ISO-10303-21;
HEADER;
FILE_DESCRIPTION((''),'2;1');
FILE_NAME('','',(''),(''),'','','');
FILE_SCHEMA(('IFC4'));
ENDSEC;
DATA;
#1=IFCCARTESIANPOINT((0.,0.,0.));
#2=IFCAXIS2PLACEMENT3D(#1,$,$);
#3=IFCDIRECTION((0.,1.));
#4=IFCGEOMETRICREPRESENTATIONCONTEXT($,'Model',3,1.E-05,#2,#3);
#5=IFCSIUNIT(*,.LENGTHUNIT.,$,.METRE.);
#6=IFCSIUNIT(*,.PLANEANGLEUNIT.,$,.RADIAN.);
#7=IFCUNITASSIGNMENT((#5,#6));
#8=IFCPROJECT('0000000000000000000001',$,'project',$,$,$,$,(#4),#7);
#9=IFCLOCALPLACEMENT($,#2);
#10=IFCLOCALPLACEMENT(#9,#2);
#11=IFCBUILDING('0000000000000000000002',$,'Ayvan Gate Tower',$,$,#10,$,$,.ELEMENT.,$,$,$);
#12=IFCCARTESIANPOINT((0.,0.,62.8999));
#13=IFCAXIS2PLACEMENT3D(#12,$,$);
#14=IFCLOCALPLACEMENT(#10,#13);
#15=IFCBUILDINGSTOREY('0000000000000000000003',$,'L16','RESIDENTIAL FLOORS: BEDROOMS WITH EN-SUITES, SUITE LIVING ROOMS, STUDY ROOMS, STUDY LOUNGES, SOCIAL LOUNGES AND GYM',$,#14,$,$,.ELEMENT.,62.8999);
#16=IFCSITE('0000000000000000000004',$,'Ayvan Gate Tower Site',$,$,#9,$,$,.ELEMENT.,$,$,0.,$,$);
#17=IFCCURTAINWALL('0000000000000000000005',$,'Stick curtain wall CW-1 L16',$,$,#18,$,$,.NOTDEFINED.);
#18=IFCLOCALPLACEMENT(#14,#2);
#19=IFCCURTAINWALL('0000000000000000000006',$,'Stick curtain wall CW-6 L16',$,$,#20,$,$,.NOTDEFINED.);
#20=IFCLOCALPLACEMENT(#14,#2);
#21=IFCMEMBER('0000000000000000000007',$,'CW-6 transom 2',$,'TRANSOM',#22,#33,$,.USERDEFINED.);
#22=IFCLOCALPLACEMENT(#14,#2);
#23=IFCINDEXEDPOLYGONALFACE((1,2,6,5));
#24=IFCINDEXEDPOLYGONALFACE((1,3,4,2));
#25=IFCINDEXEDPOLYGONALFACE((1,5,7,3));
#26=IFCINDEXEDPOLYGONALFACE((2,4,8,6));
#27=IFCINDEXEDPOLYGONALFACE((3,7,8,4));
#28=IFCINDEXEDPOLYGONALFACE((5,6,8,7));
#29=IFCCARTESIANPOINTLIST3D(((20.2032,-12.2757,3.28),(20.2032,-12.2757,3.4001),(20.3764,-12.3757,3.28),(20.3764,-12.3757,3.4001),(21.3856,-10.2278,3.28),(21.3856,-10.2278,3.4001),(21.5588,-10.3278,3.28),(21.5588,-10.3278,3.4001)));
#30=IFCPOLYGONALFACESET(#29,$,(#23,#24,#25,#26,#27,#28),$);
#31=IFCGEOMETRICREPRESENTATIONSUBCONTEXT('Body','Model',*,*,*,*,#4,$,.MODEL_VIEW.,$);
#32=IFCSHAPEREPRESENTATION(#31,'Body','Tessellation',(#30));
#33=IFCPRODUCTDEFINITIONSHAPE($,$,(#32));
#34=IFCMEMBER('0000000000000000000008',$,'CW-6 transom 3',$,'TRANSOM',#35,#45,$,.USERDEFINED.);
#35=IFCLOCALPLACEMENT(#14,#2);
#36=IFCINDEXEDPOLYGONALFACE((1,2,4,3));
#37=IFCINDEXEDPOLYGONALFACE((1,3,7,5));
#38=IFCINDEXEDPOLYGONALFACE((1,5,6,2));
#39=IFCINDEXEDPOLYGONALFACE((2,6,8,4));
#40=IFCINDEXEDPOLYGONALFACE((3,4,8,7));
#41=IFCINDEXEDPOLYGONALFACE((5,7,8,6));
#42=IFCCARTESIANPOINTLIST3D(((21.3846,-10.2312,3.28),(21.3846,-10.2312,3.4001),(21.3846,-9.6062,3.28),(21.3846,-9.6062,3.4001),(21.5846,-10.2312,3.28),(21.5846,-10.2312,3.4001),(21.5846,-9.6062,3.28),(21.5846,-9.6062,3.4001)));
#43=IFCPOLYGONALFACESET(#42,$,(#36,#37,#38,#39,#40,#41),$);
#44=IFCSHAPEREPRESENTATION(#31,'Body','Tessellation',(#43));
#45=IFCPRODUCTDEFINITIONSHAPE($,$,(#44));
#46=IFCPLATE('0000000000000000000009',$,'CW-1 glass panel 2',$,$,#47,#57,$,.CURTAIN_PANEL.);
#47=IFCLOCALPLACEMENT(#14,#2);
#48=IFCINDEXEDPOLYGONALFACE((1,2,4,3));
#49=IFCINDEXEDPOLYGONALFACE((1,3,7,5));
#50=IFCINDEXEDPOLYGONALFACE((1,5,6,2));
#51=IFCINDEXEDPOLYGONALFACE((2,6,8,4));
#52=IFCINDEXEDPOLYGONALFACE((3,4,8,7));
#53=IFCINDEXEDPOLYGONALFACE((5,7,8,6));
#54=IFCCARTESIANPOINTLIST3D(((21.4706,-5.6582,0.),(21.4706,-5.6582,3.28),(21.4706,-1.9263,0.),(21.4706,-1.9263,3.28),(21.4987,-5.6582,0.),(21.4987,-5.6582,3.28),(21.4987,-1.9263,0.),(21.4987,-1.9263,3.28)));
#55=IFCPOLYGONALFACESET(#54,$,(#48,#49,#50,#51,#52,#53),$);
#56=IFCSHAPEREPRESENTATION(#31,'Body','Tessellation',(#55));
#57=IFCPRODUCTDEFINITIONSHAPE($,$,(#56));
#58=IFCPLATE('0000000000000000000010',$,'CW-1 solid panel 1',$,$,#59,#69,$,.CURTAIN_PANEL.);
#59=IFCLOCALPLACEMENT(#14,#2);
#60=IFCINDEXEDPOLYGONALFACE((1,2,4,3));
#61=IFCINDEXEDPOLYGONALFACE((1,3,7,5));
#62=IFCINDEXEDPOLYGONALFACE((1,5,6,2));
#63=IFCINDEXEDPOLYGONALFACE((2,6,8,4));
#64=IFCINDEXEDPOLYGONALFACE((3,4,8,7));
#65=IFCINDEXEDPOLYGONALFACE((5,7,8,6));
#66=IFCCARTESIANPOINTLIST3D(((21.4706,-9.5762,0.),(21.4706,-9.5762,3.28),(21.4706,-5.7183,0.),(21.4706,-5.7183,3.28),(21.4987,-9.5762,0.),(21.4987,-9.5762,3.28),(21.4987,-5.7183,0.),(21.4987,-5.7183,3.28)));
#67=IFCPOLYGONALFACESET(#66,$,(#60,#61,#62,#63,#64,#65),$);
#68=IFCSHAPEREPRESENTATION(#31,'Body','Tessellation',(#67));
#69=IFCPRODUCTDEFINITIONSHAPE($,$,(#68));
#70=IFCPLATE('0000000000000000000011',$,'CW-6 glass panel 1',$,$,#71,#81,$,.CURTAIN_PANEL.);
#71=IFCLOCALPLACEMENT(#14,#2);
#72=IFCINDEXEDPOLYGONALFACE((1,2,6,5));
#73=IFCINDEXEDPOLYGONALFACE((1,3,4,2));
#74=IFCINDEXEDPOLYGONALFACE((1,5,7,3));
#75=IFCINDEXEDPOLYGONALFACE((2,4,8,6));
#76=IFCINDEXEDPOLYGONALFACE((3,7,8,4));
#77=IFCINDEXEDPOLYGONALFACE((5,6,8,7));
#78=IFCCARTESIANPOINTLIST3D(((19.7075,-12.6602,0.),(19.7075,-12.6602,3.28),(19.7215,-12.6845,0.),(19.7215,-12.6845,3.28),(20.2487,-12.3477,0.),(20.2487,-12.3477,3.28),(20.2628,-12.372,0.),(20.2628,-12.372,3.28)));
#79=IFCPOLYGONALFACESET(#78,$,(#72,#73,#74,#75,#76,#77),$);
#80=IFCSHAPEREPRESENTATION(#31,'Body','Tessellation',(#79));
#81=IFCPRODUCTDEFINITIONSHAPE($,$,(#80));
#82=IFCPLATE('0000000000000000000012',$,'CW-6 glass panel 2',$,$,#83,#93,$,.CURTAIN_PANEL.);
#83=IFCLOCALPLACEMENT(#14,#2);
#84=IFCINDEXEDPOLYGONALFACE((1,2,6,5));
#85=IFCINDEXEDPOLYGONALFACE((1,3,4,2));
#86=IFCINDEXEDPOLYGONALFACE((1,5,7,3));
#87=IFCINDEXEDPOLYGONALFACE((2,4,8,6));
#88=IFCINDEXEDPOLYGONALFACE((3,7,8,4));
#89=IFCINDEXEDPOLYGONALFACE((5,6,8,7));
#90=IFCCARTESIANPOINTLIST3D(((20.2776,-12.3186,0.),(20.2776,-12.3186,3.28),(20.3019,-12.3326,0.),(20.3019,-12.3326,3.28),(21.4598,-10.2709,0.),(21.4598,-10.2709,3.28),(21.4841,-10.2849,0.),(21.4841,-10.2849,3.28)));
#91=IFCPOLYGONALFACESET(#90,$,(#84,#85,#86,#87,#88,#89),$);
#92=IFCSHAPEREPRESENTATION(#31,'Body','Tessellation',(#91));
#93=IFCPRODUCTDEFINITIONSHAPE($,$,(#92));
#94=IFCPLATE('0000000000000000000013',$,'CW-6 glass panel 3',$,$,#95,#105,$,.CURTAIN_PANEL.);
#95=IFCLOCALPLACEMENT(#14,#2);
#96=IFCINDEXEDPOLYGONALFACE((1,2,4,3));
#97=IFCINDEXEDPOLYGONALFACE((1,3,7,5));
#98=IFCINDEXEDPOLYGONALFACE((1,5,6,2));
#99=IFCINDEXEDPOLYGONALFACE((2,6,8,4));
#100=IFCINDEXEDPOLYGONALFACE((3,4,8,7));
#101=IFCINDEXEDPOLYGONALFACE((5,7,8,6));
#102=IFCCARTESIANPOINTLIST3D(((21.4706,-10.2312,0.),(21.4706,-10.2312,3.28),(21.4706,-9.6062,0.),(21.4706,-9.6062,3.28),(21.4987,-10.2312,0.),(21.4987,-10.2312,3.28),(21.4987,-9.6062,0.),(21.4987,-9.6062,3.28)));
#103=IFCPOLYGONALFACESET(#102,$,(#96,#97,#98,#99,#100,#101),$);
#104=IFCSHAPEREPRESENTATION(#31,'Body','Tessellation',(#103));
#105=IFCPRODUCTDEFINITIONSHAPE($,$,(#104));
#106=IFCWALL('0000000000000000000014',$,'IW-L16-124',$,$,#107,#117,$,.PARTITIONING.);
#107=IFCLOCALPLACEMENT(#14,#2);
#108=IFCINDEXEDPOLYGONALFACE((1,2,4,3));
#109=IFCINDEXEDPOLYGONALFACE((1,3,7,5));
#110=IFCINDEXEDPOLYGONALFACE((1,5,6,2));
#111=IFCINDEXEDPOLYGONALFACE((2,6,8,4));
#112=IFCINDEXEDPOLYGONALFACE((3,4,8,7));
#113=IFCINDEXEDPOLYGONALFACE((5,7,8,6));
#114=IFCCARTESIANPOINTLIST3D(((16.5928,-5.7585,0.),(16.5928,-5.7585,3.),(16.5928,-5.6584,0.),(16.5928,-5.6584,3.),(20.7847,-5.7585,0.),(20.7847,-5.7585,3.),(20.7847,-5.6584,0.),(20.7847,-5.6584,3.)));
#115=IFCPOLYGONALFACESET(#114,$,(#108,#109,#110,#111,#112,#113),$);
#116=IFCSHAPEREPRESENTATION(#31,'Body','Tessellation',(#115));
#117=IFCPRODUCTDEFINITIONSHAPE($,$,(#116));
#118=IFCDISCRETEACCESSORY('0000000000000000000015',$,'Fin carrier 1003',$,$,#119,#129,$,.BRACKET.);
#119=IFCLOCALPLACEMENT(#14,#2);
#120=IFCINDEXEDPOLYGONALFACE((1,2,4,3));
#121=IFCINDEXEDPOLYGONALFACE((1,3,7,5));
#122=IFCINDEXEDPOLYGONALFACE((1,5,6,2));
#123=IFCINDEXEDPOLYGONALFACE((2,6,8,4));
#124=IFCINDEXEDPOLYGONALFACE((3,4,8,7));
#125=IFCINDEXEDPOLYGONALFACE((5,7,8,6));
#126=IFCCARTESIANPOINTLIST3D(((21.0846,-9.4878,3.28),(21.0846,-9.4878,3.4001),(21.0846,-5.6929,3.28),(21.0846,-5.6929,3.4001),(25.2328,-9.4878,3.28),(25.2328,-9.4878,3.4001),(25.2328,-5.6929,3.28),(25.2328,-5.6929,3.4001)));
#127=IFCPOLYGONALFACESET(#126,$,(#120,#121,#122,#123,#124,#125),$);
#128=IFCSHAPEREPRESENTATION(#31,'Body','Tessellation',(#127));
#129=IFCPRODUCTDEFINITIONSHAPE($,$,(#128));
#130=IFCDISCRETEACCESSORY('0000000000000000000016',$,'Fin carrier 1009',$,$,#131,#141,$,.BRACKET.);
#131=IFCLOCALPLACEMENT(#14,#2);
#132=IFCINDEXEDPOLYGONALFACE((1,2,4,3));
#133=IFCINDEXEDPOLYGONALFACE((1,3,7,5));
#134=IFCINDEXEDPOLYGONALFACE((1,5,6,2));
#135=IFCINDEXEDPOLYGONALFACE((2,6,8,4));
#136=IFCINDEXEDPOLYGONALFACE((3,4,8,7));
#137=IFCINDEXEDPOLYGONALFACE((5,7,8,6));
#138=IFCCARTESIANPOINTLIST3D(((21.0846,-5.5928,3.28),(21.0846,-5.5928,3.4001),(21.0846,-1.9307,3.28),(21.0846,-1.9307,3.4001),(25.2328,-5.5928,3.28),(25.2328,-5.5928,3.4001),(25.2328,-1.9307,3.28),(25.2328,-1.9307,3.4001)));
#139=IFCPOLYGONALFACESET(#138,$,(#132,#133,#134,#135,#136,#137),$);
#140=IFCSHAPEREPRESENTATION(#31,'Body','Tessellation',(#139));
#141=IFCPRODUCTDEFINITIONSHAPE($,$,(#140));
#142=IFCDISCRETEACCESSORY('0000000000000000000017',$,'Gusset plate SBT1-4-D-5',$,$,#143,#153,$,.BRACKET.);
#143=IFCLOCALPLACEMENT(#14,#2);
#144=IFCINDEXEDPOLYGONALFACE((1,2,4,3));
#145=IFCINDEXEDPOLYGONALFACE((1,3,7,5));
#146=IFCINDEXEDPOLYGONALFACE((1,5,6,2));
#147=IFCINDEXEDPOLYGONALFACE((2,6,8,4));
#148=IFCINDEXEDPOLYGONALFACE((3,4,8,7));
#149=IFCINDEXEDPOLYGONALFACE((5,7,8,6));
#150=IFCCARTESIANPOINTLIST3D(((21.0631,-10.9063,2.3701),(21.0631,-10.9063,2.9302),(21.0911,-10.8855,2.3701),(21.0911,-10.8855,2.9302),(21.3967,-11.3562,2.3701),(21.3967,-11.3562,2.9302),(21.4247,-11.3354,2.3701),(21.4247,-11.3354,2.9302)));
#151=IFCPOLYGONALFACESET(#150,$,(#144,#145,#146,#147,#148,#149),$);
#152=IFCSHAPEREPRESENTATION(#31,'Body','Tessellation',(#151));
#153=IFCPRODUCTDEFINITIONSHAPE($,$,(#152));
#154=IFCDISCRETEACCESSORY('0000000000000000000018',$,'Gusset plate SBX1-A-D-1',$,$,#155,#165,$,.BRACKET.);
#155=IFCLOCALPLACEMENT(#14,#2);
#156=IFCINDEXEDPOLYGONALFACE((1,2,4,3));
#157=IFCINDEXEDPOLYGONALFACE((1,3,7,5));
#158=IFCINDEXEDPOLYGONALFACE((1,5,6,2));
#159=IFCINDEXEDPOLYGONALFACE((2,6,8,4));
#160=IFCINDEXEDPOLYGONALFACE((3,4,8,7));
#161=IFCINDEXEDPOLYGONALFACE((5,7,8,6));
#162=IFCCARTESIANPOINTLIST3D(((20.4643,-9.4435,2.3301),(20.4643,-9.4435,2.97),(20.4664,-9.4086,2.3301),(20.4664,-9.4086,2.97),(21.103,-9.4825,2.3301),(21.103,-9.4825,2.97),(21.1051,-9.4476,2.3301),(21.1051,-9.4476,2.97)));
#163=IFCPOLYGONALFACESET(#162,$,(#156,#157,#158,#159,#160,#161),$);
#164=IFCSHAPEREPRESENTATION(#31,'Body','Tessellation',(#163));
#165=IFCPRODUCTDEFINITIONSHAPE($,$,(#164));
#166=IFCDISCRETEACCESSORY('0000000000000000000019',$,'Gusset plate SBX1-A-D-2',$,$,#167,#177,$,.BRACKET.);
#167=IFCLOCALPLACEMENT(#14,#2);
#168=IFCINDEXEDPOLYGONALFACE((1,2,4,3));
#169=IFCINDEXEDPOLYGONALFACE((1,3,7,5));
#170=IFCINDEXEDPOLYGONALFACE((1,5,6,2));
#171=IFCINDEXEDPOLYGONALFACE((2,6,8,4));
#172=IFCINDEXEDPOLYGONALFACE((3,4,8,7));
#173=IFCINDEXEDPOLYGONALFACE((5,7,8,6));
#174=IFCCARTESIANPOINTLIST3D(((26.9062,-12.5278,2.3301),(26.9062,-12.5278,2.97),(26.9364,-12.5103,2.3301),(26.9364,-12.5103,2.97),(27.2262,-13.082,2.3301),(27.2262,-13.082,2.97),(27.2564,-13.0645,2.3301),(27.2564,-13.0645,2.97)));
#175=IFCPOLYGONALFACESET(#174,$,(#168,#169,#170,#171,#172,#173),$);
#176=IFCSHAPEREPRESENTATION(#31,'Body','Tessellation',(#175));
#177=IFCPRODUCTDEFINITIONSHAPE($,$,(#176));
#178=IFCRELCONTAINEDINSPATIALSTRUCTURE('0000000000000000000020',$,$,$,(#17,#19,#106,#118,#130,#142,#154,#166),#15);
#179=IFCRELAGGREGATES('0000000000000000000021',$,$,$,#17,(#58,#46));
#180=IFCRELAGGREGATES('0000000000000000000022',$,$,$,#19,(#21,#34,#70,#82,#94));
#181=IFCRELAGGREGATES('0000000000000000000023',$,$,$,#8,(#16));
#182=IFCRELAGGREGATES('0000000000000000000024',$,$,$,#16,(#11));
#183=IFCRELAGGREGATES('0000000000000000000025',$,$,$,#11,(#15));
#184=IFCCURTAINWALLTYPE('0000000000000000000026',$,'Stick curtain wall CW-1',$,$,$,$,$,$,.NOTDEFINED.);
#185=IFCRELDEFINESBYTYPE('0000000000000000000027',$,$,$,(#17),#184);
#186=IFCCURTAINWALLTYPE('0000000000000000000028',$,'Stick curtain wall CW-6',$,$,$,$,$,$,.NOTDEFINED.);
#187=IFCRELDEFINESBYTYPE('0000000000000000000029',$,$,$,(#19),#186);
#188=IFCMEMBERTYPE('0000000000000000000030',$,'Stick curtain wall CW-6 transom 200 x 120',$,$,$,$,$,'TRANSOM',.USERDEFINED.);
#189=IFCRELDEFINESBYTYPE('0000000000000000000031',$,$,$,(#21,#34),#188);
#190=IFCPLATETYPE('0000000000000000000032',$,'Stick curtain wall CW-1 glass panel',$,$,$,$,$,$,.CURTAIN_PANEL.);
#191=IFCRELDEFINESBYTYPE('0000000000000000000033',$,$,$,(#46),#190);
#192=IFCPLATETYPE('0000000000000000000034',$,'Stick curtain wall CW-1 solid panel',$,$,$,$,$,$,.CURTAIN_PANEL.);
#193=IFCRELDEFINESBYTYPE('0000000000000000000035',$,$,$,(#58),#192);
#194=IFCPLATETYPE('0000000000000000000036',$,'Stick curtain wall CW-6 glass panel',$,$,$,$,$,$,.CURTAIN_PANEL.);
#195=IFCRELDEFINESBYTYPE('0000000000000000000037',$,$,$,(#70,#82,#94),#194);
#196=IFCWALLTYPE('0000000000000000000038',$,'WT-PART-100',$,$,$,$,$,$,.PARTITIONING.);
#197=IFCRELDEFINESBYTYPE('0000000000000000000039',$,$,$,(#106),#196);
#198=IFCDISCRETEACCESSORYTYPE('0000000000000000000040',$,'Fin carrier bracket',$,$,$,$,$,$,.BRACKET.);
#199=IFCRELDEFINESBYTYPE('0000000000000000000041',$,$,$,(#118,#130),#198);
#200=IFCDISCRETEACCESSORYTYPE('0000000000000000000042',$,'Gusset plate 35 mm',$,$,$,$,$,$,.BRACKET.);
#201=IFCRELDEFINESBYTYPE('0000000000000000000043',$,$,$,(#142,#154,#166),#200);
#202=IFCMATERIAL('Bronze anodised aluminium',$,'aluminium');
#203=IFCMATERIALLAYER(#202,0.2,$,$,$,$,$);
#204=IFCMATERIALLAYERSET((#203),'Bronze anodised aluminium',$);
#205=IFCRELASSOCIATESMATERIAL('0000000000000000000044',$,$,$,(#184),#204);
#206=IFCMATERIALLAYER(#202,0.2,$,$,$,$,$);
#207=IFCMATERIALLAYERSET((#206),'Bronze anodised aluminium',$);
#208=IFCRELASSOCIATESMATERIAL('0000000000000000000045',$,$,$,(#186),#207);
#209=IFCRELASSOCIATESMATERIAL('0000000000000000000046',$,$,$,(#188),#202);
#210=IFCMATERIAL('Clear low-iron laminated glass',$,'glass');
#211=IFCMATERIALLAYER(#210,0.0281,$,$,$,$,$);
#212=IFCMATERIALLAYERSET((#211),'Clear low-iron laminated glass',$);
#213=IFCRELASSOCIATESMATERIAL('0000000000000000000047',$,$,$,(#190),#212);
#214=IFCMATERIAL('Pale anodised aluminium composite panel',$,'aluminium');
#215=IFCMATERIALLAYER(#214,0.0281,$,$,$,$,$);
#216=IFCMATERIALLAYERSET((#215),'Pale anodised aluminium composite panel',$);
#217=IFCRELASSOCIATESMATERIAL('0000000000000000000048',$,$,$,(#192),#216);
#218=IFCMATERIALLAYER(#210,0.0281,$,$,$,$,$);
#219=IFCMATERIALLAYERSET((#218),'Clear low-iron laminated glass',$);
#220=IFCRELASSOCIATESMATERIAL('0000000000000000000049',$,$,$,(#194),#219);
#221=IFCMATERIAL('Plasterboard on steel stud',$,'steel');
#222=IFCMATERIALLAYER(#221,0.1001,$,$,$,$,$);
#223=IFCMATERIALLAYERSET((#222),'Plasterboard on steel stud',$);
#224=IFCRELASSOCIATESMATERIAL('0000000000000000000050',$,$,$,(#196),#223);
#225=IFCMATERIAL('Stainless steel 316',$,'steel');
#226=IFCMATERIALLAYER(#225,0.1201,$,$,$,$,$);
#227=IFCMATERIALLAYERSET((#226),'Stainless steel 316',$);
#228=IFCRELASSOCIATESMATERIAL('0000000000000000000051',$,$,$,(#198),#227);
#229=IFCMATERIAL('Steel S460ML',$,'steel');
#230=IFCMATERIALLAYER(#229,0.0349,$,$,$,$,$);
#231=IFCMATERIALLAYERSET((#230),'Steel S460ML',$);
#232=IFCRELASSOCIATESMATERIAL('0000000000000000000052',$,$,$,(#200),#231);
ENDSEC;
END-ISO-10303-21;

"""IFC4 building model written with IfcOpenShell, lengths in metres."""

from ifc_helpers import new_model, si_unit, direction, frame, frame_2d, origin, origin_2d, place, context, subcontext, project, spatial, rectangle, extrude, material, layer, layer_set, material_profile, profile_set, type_object, element, aggregate, save


model = new_model("IFC4")

# Units and contexts
model_context = context("Model", 3, precision=1e-05, world=origin(), true_north=direction((0.0, 1.0)))
body_context = subcontext(model_context, "Body", "Model", "MODEL_VIEW")
ifc_project = project(units=[si_unit("LENGTHUNIT", "METRE"), si_unit("PLANEANGLEUNIT", "RADIAN")], contexts=[model_context])

# Site, building, storey
site_placement = place(None, origin())
site = spatial("IfcSite", under=ifc_project, at=site_placement, Name="Ayvan Gate Tower Site", CompositionType="ELEMENT", RefElevation=0.0)
building_placement = place(site_placement, origin())
building = spatial("IfcBuilding", under=site, at=building_placement, Name="Ayvan Gate Tower", CompositionType="ELEMENT")
storey_placement = place(building_placement, frame((0.0, 0.0, 62.8999)))
storey = spatial("IfcBuildingStorey", under=building, at=storey_placement, Name="L16", Description="RESIDENTIAL FLOORS: BEDROOMS WITH EN-SUITES, SUITE LIVING ROOMS, STUDY ROOMS, STUDY LOUNGES, SOCIAL LOUNGES AND GYM", CompositionType="ELEMENT", Elevation=62.8999)

# Shared definitions
ifc_material_1 = material(Name="Bronze anodised aluminium", Category="aluminium")
ifc_layer_1 = layer(ifc_material_1, 0.2)
ifc_layer_set_1 = layer_set([ifc_layer_1], Name="Bronze anodised aluminium")
curtain_wall_type_1 = type_object("IfcCurtainWallType", Name="Stick curtain wall CW-1", PredefinedType="NOTDEFINED", material=ifc_layer_set_1)

# Curtain walls, members
curtain_wall_1_placement = place(storey_placement, origin())
curtain_wall_1 = element("IfcCurtainWall", 1, at=curtain_wall_1_placement, inside=storey, type_object=curtain_wall_type_1, Name="Stick curtain wall CW-1 L16", PredefinedType="NOTDEFINED")
ifc_layer_2 = layer(ifc_material_1, 0.2)
ifc_layer_set_2 = layer_set([ifc_layer_2], Name="Bronze anodised aluminium")
curtain_wall_type_2 = type_object("IfcCurtainWallType", Name="Stick curtain wall CW-6", PredefinedType="NOTDEFINED", material=ifc_layer_set_2)
curtain_wall_2_placement = place(storey_placement, origin())
curtain_wall_2 = element("IfcCurtainWall", 2, at=curtain_wall_2_placement, inside=storey, type_object=curtain_wall_type_2, Name="Stick curtain wall CW-6 L16", PredefinedType="NOTDEFINED")
ifc_material_profile_1 = material_profile(ifc_material_1, rectangle(XDim=0.2, YDim=0.1201, at=origin_2d()), Name="Stick curtain wall CW-6 transom 200 x 120")
ifc_profile_set_1 = profile_set([ifc_material_profile_1], Name="Bronze anodised aluminium")
member_type_1 = type_object("IfcMemberType", Name="Stick curtain wall CW-6 transom 200 x 120", ElementType="TRANSOM", PredefinedType="USERDEFINED", material=ifc_profile_set_1)
member_1_placement = place(storey_placement, frame((20.2898, -12.3257, 3.3401), z_axis=(0.500014, 0.866017, 0.0), x_axis=(-0.866017, 0.500014, 0.0)))
member_1 = element("IfcMember", 3, at=member_1_placement, type_object=member_type_1, Name="CW-6 transom 2", ObjectType="TRANSOM", PredefinedType="USERDEFINED", context=body_context, shape_type="SweptSolid", body=[
    extrude(rectangle(XDim=0.2, YDim=0.1201, at=origin_2d()), origin(), (0.0, 0.0, 1.0), 2.3647),
])
member_2_placement = place(storey_placement, frame((21.4846, -10.2312, 3.3401), z_axis=(0.0, 1.0, 0.0), x_axis=(-1.0, 0.0, 0.0)))
member_2 = element("IfcMember", 4, at=member_2_placement, type_object=member_type_1, Name="CW-6 transom 3", ObjectType="TRANSOM", PredefinedType="USERDEFINED", context=body_context, shape_type="SweptSolid", body=[
    extrude(rectangle(XDim=0.2, YDim=0.1201, at=origin_2d()), origin(), (0.0, 0.0, 1.0), 0.625),
])

# Plates
ifc_material_2 = material(Name="Clear low-iron laminated glass", Category="glass")
ifc_layer_3 = layer(ifc_material_2, 0.0281)
ifc_layer_set_3 = layer_set([ifc_layer_3], Name="Clear low-iron laminated glass")
plate_type_1 = type_object("IfcPlateType", Name="Stick curtain wall CW-1 glass panel", PredefinedType="CURTAIN_PANEL", material=ifc_layer_set_3)
plate_1_placement = place(storey_placement, frame((21.4846, -3.7922, 0.0), z_axis=(0.0, 0.0, 1.0), x_axis=(0.0, 1.0, 0.0)))
plate_1 = element("IfcPlate", 5, at=plate_1_placement, type_object=plate_type_1, Name="CW-1 glass panel 2", PredefinedType="CURTAIN_PANEL", context=body_context, shape_type="SweptSolid", body=[
    extrude(rectangle(XDim=3.7319, YDim=0.0281, at=origin_2d()), origin(), (0.0, 0.0, 1.0), 3.28),
])
ifc_material_3 = material(Name="Pale anodised aluminium composite panel", Category="aluminium")
ifc_layer_4 = layer(ifc_material_3, 0.0281)
ifc_layer_set_4 = layer_set([ifc_layer_4], Name="Pale anodised aluminium composite panel")
plate_type_2 = type_object("IfcPlateType", Name="Stick curtain wall CW-1 solid panel", PredefinedType="CURTAIN_PANEL", material=ifc_layer_set_4)
plate_2_placement = place(storey_placement, frame((21.4846, -7.6472, 0.0), z_axis=(0.0, 0.0, 1.0), x_axis=(0.0, 1.0, 0.0)))
plate_2 = element("IfcPlate", 6, at=plate_2_placement, type_object=plate_type_2, Name="CW-1 solid panel 1", PredefinedType="CURTAIN_PANEL", context=body_context, shape_type="SweptSolid", body=[
    extrude(rectangle(XDim=3.8579, YDim=0.0281, at=origin_2d()), origin(), (0.0, 0.0, 1.0), 3.28),
])
aggregate(curtain_wall_1, [plate_2, plate_1])
ifc_layer_5 = layer(ifc_material_2, 0.0281)
ifc_layer_set_5 = layer_set([ifc_layer_5], Name="Clear low-iron laminated glass")
plate_type_3 = type_object("IfcPlateType", Name="Stick curtain wall CW-6 glass panel", PredefinedType="CURTAIN_PANEL", material=ifc_layer_set_5)
plate_3_placement = place(storey_placement, frame((19.9851, -12.5161, 0.0), z_axis=(0.0, 0.0, 1.0), x_axis=(0.866025, 0.5, 0.0)))
plate_3 = element("IfcPlate", 7, at=plate_3_placement, type_object=plate_type_3, Name="CW-6 glass panel 1", PredefinedType="CURTAIN_PANEL", context=body_context, shape_type="SweptSolid", body=[
    extrude(rectangle(XDim=0.625, YDim=0.0281, at=origin_2d()), origin(), (0.0, 0.0, 1.0), 3.28),
])
plate_4_placement = place(storey_placement, frame((20.8809, -11.3018, 0.0), z_axis=(0.0, 0.0, 1.0), x_axis=(0.5, 0.866025, 0.0)))
plate_4 = element("IfcPlate", 8, at=plate_4_placement, type_object=plate_type_3, Name="CW-6 glass panel 2", PredefinedType="CURTAIN_PANEL", context=body_context, shape_type="SweptSolid", body=[
    extrude(rectangle(XDim=2.3645, YDim=0.0281, at=origin_2d()), origin(), (0.0, 0.0, 1.0), 3.28),
])
plate_5_placement = place(storey_placement, frame((21.4846, -9.9187, 0.0), z_axis=(0.0, 0.0, 1.0), x_axis=(0.0, 1.0, 0.0)))
plate_5 = element("IfcPlate", 9, at=plate_5_placement, type_object=plate_type_3, Name="CW-6 glass panel 3", PredefinedType="CURTAIN_PANEL", context=body_context, shape_type="SweptSolid", body=[
    extrude(rectangle(XDim=0.625, YDim=0.0281, at=origin_2d()), origin(), (0.0, 0.0, 1.0), 3.28),
])
aggregate(curtain_wall_2, [member_1, member_2, plate_3, plate_4, plate_5])

# Wall
ifc_material_4 = material(Name="Plasterboard on steel stud", Category="steel")
ifc_layer_6 = layer(ifc_material_4, 0.1001)
ifc_layer_set_6 = layer_set([ifc_layer_6], Name="Plasterboard on steel stud")
wall_type = type_object("IfcWallType", Name="WT-PART-100", PredefinedType="PARTITIONING", material=ifc_layer_set_6)
wall_placement = place(storey_placement, frame((20.7847, -5.7085, 0.0), z_axis=(0.0, 0.0, 1.0), x_axis=(-1.0, 0.0, 0.0)))
element("IfcWall", 10, at=wall_placement, inside=storey, type_object=wall_type, Name="IW-L16-124", PredefinedType="PARTITIONING", context=body_context, shape_type="SweptSolid", body=[
    extrude(rectangle(XDim=4.1919, YDim=0.1001, at=frame_2d((2.0959, 0.0))), origin(), (0.0, 0.0, 1.0), 3.0),
])

# Discrete accessories
ifc_material_5 = material(Name="Stainless steel 316", Category="steel")
ifc_layer_7 = layer(ifc_material_5, 0.1201)
ifc_layer_set_7 = layer_set([ifc_layer_7], Name="Stainless steel 316")
discrete_accessory_type_1 = type_object("IfcDiscreteAccessoryType", Name="Fin carrier bracket", PredefinedType="BRACKET", material=ifc_layer_set_7)
discrete_accessory_1_placement = place(storey_placement, frame((23.1587, -7.5903, 3.28), z_axis=(0.0, 0.0, 1.0), x_axis=(0.0, 1.0, 0.0)))
element("IfcDiscreteAccessory", 11, at=discrete_accessory_1_placement, inside=storey, type_object=discrete_accessory_type_1, Name="Fin carrier 1003", PredefinedType="BRACKET", context=body_context, shape_type="SweptSolid", body=[
    extrude(rectangle(XDim=3.7949, YDim=4.1482, at=origin_2d()), origin(), (0.0, 0.0, 1.0), 0.1201),
])
discrete_accessory_2_placement = place(storey_placement, frame((23.1587, -3.7617, 3.28), z_axis=(0.0, 0.0, 1.0), x_axis=(0.0, 1.0, 0.0)))
element("IfcDiscreteAccessory", 12, at=discrete_accessory_2_placement, inside=storey, type_object=discrete_accessory_type_1, Name="Fin carrier 1009", PredefinedType="BRACKET", context=body_context, shape_type="SweptSolid", body=[
    extrude(rectangle(XDim=3.6621, YDim=4.1482, at=origin_2d()), origin(), (0.0, 0.0, 1.0), 0.1201),
])
ifc_material_6 = material(Name="Steel S460ML", Category="steel")
ifc_layer_8 = layer(ifc_material_6, 0.0349)
ifc_layer_set_8 = layer_set([ifc_layer_8], Name="Steel S460ML")
discrete_accessory_type_2 = type_object("IfcDiscreteAccessoryType", Name="Gusset plate 35 mm", PredefinedType="BRACKET", material=ifc_layer_set_8)
discrete_accessory_3_placement = place(storey_placement, frame((21.2439, -11.1208, 2.3701), z_axis=(0.0, 0.0, 1.0), x_axis=(-0.595718, 0.803194, 0.0)))
element("IfcDiscreteAccessory", 13, at=discrete_accessory_3_placement, inside=storey, type_object=discrete_accessory_type_2, Name="Gusset plate SBT1-4-D-5", PredefinedType="BRACKET", context=body_context, shape_type="SweptSolid", body=[
    extrude(rectangle(XDim=0.5601, YDim=0.0349, at=origin_2d()), origin(), (0.0, 0.0, 1.0), 0.5601),
])
for number, where, z_axis, x_axis, name in (
    (14, (20.7847, -9.4456, 2.3301), (0.0, 0.0, 1.0), (-0.99814, 0.060961, 0.0), "Gusset plate SBX1-A-D-1"),
    (15, (27.0813, -12.7961, 2.3301), (0.0, 0.0, 1.0), (-0.5, 0.866025, 0.0), "Gusset plate SBX1-A-D-2"),
):
    element("IfcDiscreteAccessory", number, at=place(storey_placement, frame(where, z_axis=z_axis, x_axis=x_axis)), inside=storey, type_object=discrete_accessory_type_2, Name=name, PredefinedType="BRACKET", context=body_context, shape_type="SweptSolid", body=[
        extrude(rectangle(XDim=0.6399, YDim=0.0349, at=origin_2d()), origin(), (0.0, 0.0, 1.0), 0.6399),
    ])

save(model, "model.ifc")
